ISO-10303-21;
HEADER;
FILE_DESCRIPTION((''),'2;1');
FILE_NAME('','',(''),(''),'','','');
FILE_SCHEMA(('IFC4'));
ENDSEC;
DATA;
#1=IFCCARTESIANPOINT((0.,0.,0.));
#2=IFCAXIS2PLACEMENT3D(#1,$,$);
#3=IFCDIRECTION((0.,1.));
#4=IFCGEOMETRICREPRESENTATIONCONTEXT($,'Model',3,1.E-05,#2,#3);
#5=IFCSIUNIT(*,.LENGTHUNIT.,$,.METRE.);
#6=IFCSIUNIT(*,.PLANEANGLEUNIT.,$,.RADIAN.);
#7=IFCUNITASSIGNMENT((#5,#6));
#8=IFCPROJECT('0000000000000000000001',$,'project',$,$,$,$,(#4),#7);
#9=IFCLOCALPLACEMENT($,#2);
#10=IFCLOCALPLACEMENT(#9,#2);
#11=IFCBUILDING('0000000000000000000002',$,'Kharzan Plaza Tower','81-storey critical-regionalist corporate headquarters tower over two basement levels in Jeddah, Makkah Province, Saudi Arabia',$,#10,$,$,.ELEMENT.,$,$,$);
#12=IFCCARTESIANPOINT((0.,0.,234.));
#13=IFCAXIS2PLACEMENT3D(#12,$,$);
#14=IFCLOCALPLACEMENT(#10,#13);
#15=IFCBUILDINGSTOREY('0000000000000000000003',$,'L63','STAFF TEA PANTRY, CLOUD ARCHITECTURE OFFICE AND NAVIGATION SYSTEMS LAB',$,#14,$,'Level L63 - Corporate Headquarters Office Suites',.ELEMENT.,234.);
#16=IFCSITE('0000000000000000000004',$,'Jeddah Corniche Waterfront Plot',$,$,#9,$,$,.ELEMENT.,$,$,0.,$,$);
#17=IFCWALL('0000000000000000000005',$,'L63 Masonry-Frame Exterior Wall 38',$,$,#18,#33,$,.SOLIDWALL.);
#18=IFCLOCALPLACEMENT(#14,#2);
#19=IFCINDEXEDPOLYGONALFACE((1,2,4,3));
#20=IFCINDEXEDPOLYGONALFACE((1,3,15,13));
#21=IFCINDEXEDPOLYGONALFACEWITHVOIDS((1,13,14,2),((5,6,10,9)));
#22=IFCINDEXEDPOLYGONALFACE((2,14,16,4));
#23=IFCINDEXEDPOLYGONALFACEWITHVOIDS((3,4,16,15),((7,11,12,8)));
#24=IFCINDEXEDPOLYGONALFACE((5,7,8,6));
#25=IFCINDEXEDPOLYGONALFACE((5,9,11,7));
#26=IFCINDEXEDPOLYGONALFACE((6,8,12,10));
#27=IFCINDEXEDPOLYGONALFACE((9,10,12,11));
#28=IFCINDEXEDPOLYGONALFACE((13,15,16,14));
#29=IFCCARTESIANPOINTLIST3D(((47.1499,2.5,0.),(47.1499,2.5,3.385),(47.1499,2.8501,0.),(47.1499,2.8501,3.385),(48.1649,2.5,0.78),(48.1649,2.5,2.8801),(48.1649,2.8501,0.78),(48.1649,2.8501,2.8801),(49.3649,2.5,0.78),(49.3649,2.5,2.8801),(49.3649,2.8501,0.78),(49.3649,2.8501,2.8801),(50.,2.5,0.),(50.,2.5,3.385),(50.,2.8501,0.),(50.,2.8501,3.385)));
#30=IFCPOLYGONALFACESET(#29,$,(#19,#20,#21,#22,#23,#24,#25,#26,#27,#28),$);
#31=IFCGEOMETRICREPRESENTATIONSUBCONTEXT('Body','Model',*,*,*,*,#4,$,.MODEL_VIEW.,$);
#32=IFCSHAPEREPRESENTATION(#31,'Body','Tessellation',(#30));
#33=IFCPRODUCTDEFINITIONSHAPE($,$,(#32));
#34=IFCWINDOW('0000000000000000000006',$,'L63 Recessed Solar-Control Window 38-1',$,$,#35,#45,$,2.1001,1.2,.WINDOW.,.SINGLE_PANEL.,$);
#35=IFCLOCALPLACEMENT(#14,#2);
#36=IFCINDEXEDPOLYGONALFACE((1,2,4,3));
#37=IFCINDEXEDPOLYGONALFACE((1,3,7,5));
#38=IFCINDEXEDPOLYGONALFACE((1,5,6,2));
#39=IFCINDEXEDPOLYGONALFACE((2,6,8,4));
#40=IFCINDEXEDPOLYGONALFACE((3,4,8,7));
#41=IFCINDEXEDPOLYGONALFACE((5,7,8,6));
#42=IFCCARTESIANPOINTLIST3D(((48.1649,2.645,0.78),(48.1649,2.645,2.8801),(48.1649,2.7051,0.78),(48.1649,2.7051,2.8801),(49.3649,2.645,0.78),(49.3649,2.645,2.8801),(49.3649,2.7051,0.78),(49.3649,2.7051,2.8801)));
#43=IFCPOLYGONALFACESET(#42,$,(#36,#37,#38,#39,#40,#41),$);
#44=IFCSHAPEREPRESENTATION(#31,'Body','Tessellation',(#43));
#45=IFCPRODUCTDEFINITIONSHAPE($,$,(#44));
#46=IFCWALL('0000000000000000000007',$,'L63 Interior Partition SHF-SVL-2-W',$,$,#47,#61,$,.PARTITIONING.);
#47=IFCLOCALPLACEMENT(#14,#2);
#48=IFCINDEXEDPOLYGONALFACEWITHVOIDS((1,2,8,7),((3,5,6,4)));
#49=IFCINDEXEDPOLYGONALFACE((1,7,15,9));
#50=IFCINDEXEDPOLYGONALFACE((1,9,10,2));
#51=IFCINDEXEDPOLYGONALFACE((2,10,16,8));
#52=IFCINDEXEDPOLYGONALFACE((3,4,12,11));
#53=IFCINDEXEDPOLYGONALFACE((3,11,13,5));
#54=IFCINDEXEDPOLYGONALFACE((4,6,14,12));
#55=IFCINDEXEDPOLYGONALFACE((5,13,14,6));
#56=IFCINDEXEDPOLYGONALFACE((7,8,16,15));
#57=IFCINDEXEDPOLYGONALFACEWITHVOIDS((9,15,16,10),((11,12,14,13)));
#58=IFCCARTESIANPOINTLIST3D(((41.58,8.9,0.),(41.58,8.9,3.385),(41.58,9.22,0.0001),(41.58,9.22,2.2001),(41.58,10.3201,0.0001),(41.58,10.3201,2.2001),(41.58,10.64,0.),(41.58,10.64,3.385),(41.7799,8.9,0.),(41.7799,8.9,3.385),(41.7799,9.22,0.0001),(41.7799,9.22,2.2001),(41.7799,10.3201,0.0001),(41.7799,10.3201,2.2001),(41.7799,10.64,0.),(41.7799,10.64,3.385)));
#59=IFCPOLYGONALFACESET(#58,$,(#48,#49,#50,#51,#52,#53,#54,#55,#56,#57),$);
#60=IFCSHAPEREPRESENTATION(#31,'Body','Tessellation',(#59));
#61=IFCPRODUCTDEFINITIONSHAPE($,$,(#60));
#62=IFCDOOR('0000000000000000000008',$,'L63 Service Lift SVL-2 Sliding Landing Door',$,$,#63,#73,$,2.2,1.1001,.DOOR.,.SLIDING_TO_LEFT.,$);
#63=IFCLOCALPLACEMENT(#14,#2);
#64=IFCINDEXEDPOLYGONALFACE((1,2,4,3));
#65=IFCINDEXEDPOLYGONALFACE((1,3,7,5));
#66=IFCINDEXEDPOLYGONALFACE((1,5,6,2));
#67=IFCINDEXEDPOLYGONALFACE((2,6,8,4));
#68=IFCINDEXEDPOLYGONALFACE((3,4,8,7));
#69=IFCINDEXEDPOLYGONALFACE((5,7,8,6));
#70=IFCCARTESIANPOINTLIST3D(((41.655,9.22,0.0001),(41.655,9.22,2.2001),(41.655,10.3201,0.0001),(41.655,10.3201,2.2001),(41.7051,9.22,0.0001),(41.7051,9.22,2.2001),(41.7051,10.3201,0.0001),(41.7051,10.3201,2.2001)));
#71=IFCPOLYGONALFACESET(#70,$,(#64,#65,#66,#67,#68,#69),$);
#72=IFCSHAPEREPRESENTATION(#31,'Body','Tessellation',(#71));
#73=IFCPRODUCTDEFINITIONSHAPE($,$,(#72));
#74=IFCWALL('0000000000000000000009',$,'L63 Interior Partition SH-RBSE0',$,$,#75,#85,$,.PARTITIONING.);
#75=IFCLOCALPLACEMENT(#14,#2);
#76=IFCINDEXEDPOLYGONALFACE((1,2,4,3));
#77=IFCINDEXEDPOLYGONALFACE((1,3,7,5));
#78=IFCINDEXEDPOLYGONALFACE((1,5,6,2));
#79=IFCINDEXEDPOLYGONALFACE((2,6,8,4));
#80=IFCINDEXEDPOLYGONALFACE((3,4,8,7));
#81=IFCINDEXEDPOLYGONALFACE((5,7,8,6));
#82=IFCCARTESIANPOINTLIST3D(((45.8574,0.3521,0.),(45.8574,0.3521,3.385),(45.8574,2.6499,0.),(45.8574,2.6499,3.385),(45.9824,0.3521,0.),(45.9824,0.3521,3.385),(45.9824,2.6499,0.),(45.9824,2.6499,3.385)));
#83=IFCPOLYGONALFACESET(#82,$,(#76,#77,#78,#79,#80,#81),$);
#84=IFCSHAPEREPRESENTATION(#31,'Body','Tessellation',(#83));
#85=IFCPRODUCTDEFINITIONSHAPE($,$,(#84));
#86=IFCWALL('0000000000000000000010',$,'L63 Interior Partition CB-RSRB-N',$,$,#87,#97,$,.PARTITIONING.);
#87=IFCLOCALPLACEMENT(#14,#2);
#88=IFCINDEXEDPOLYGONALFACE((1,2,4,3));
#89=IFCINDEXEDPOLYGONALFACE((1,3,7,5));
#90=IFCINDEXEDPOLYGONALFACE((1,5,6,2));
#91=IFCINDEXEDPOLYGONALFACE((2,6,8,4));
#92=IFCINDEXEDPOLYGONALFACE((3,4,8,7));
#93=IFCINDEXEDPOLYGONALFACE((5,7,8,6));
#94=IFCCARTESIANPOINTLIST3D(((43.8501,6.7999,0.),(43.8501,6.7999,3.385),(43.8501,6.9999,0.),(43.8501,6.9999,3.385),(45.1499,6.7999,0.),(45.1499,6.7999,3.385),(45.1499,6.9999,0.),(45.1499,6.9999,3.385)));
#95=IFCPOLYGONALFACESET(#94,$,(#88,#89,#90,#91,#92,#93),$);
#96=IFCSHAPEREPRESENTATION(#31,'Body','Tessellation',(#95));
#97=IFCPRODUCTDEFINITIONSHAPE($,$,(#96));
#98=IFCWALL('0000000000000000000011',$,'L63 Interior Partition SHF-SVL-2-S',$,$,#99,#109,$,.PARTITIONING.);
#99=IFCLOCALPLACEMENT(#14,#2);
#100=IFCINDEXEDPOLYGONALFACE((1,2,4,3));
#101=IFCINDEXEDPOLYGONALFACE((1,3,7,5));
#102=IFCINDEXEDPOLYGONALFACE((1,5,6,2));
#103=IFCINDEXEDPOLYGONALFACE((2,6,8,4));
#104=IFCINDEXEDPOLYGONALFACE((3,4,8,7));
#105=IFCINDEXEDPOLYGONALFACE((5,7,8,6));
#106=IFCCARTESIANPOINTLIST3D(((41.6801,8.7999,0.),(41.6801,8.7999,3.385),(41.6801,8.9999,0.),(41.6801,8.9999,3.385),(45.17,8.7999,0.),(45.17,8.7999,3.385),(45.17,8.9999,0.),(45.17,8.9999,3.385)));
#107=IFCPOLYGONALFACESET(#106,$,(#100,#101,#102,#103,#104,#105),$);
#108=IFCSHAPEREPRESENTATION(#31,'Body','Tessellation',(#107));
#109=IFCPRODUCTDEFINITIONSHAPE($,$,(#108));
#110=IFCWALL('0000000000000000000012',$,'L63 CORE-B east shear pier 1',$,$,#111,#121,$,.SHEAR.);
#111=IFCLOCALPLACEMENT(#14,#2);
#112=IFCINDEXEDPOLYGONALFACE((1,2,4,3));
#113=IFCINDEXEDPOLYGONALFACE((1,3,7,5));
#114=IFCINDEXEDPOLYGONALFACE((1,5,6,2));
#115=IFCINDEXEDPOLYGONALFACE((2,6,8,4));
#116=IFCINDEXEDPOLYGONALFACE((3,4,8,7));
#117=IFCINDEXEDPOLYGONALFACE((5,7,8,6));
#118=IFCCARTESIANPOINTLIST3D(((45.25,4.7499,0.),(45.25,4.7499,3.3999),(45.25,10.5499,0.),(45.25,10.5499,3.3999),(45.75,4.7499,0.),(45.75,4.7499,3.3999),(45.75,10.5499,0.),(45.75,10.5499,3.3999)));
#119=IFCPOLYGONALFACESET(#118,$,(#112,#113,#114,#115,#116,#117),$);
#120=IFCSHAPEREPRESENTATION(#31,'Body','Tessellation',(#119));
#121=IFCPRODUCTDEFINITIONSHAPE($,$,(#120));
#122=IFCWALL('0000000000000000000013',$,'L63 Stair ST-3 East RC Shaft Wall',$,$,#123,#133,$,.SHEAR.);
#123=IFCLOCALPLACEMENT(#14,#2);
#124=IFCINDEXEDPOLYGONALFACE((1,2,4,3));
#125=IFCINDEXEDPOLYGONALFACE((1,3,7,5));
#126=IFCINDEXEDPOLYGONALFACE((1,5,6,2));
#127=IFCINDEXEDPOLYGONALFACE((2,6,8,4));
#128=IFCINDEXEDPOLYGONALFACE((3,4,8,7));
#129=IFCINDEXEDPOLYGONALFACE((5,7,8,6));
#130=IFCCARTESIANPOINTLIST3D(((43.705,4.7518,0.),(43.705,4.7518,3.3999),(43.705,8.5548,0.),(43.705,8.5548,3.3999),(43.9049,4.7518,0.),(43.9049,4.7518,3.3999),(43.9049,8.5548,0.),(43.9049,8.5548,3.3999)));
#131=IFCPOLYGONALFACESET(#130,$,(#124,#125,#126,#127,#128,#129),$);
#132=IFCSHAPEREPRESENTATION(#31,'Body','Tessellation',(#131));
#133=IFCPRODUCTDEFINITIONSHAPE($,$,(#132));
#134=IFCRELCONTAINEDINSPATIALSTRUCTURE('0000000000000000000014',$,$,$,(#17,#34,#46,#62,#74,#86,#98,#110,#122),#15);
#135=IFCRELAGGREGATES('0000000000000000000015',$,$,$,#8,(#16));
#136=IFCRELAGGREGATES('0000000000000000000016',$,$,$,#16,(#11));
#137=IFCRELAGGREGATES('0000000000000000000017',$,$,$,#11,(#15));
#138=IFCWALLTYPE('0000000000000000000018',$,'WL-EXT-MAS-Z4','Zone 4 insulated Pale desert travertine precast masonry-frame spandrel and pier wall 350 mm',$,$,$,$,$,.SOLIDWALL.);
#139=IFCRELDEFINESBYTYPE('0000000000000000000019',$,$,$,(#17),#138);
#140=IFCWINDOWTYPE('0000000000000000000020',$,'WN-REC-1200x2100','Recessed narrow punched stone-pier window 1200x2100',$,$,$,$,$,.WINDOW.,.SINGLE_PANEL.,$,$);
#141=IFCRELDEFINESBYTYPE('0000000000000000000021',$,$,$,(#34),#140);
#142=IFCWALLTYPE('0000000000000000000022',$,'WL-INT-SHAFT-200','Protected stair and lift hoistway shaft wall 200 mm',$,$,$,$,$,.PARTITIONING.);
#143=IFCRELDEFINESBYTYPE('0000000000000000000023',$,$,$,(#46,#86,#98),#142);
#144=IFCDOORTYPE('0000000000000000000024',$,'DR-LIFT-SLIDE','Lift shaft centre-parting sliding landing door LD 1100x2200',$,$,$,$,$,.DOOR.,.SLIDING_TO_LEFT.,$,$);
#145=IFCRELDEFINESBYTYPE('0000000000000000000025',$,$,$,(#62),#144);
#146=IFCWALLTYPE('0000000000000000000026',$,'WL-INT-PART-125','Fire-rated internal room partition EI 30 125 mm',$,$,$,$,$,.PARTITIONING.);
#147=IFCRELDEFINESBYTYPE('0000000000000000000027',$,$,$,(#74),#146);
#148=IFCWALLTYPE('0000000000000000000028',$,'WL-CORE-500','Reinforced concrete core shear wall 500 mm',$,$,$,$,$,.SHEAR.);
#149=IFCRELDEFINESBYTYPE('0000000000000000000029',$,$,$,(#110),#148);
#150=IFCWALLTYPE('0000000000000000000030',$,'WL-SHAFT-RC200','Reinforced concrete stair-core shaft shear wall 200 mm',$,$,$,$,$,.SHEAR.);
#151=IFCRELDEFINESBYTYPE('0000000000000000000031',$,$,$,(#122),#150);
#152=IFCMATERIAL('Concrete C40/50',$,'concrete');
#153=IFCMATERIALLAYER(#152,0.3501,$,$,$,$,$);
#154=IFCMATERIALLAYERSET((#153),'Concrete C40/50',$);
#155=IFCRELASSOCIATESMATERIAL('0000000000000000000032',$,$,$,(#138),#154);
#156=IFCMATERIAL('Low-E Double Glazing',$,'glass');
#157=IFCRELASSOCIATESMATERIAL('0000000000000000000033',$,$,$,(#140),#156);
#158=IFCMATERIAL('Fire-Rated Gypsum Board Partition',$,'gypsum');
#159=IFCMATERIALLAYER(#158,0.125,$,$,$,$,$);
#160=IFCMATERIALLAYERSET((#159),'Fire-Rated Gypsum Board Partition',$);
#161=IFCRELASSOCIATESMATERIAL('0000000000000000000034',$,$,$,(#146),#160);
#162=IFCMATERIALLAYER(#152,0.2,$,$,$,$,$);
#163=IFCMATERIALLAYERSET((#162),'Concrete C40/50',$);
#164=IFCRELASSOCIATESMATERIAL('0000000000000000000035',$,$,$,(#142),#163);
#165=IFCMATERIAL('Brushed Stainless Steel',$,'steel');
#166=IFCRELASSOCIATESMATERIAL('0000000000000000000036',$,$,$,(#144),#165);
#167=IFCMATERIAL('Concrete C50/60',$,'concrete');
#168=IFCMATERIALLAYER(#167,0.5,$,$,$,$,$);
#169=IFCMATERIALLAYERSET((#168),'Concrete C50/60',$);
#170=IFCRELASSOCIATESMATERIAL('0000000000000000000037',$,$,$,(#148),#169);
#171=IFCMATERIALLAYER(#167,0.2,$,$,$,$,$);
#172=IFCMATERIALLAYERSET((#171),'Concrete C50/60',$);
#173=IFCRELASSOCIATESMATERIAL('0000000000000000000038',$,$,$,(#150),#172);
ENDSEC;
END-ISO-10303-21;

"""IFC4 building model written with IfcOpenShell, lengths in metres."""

from ifc_helpers import new_model, si_unit, direction, frame, frame_2d, origin, place, context, subcontext, project, spatial, rectangle, extrude, source, transform, mapped, material, layer, layer_set, type_object, element, fill, save


model = new_model("IFC4")

# Units and contexts
model_context = context("Model", 3, precision=1e-05, world=origin(), true_north=direction((0.0, 1.0)))
body_context = subcontext(model_context, "Body", "Model", "MODEL_VIEW")
ifc_project = project(units=[si_unit("LENGTHUNIT", "METRE"), si_unit("PLANEANGLEUNIT", "RADIAN")], contexts=[model_context])

# Site, building, storey
site_placement = place(None, origin())
site = spatial("IfcSite", under=ifc_project, at=site_placement, Name="Jeddah Corniche Waterfront Plot", CompositionType="ELEMENT", RefElevation=0.0)
building_placement = place(site_placement, origin())
building = spatial("IfcBuilding", under=site, at=building_placement, Name="Kharzan Plaza Tower", Description="81-storey critical-regionalist corporate headquarters tower over two basement levels in Jeddah, Makkah Province, Saudi Arabia", CompositionType="ELEMENT")
storey_placement = place(building_placement, frame((0.0, 0.0, 234.0)))
storey = spatial("IfcBuildingStorey", under=building, at=storey_placement, Name="L63", Description="STAFF TEA PANTRY, CLOUD ARCHITECTURE OFFICE AND NAVIGATION SYSTEMS LAB", LongName="Level L63 - Corporate Headquarters Office Suites", CompositionType="ELEMENT", Elevation=234.0)

# Shared definitions
ifc_material_1 = material(Name="Concrete C50/60", Category="concrete")

# Shared definitions
ifc_material_2 = material(Name="Concrete C40/50", Category="concrete")
ifc_layer_1 = layer(ifc_material_2, 0.3501)
ifc_layer_set_1 = layer_set([ifc_layer_1], Name="Concrete C40/50")
wall_type_1 = type_object("IfcWallType", Name="WL-EXT-MAS-Z4", Description="Zone 4 insulated Pale desert travertine precast masonry-frame spandrel and pier wall 350 mm", PredefinedType="SOLIDWALL", material=ifc_layer_set_1)
ifc_material_3 = material(Name="Low-E Double Glazing", Category="glass")

# Wall, opening, window
window_type_1 = type_object("IfcWindowType", Name="WN-REC-1200x2100", Description="Recessed narrow punched stone-pier window 1200x2100", PartitioningType="SINGLE_PANEL", PredefinedType="WINDOW", material=ifc_material_3)
shared_shape_1 = source(origin(), body_context, "Body", "SweptSolid", [
    extrude(rectangle(XDim=1.2, YDim=2.1001, at=frame_2d((0.6001, 1.05))), frame((0.0, 0.03, 0.0), z_axis=(0.0, -1.0, 0.0), x_axis=(1.0, 0.0, 0.0)), (0.0, 0.0, 1.0), 0.0601),
])
wall_1_placement = place(storey_placement, frame((47.1499, 2.675, 0.0), z_axis=(0.0, 0.0, 1.0), x_axis=(1.0, 0.0, 0.0)))
wall_1 = element("IfcWall", 1, at=wall_1_placement, inside=storey, type_object=wall_type_1, Name="L63 Masonry-Frame Exterior Wall 38", PredefinedType="SOLIDWALL", context=body_context, shape_type="SweptSolid", body=[
    extrude(rectangle(XDim=2.8501, YDim=0.3501, at=frame_2d((1.425, 0.0))), origin(), (0.0, 0.0, 1.0), 3.385),
])
opening_1_placement = place(wall_1_placement, frame((1.0149, 0.0, 0.78)))
opening_1 = element("IfcOpeningElement", 2, at=opening_1_placement, cuts=wall_1, PredefinedType="OPENING", context=body_context, shape_type="SweptSolid", body=[
    extrude(rectangle(XDim=1.2, YDim=2.1001, at=frame_2d((0.6001, 1.05))), frame((0.0, 0.1851, 0.0), z_axis=(0.0, -1.0, 0.0), x_axis=(1.0, 0.0, 0.0)), (0.0, 0.0, 1.0), 0.3701),
])
window_1_placement = place(opening_1_placement, origin())
window_1 = element("IfcWindow", 3, at=window_1_placement, inside=storey, type_object=window_type_1, Name="L63 Recessed Solar-Control Window 38-1", OverallHeight=2.1001, OverallWidth=1.2, PartitioningType="SINGLE_PANEL", PredefinedType="WINDOW", context=body_context, shape_type="MappedRepresentation", body=[
    mapped(shared_shape_1, transform((0.0, 0.0, 0.0), x_axis=(1.0, 0.0, 0.0), y_axis=(0.0, 1.0, 0.0), z_axis=(0.0, 0.0, 1.0))),
])
fill(opening_1, window_1)

# Wall, opening, door
ifc_material_4 = material(Name="Fire-Rated Gypsum Board Partition", Category="gypsum")
ifc_layer_2 = layer(ifc_material_4, 0.125)
ifc_layer_set_2 = layer_set([ifc_layer_2], Name="Fire-Rated Gypsum Board Partition")
wall_type_2 = type_object("IfcWallType", Name="WL-INT-PART-125", Description="Fire-rated internal room partition EI 30 125 mm", PredefinedType="PARTITIONING", material=ifc_layer_set_2)
ifc_layer_3 = layer(ifc_material_2, 0.2)
ifc_layer_set_3 = layer_set([ifc_layer_3], Name="Concrete C40/50")
wall_type_3 = type_object("IfcWallType", Name="WL-INT-SHAFT-200", Description="Protected stair and lift hoistway shaft wall 200 mm", PredefinedType="PARTITIONING", material=ifc_layer_set_3)
wall_2_placement = place(storey_placement, frame((41.6799, 8.8999, 0.0), z_axis=(0.0, 0.0, 1.0), x_axis=(0.0, 1.0, 0.0)))
wall_2 = element("IfcWall", 4, at=wall_2_placement, inside=storey, type_object=wall_type_3, Name="L63 Interior Partition SHF-SVL-2-W", PredefinedType="PARTITIONING", context=body_context, shape_type="SweptSolid", body=[
    extrude(rectangle(XDim=1.74, YDim=0.2, at=frame_2d((0.8701, 0.0))), origin(), (0.0, 0.0, 1.0), 3.385),
])
opening_2_placement = place(wall_2_placement, frame((0.3201, 0.0, 0.0)))
opening_2 = element("IfcOpeningElement", 5, at=opening_2_placement, cuts=wall_2, PredefinedType="OPENING", context=body_context, shape_type="SweptSolid", body=[
    extrude(rectangle(XDim=1.1001, YDim=2.2, at=frame_2d((0.55, 1.1001))), frame((0.0, 0.1099, 0.0), z_axis=(0.0, -1.0, 0.0), x_axis=(1.0, 0.0, 0.0)), (0.0, 0.0, 1.0), 0.22),
])
ifc_material_5 = material(Name="Brushed Stainless Steel", Category="steel")
door_type_1 = type_object("IfcDoorType", Name="DR-LIFT-SLIDE", Description="Lift shaft centre-parting sliding landing door LD 1100x2200", OperationType="SLIDING_TO_LEFT", PredefinedType="DOOR", material=ifc_material_5)
shared_shape_2 = source(origin(), body_context, "Body", "SweptSolid", [
    extrude(rectangle(XDim=1.1001, YDim=2.2, at=frame_2d((0.55, 1.1001))), frame((0.0, 0.0249, 0.0), z_axis=(0.0, -1.0, 0.0), x_axis=(1.0, 0.0, 0.0)), (0.0, 0.0, 1.0), 0.05),
])
door_1_placement = place(opening_2_placement, origin())
door_1 = element("IfcDoor", 6, at=door_1_placement, inside=storey, type_object=door_type_1, Name="L63 Service Lift SVL-2 Sliding Landing Door", OperationType="SLIDING_TO_LEFT", OverallHeight=2.2, OverallWidth=1.1001, PredefinedType="DOOR", context=body_context, shape_type="MappedRepresentation", body=[
    mapped(shared_shape_2, transform((0.0, 0.0, 0.0), x_axis=(1.0, 0.0, 0.0), y_axis=(0.0, 1.0, 0.0), z_axis=(0.0, 0.0, 1.0))),
])
fill(opening_2, door_1)

# Walls
shared_shape_3 = source(origin(), body_context, "Body", "SweptSolid", [
    extrude(rectangle(XDim=2.2979, YDim=0.125, at=frame_2d((1.1489, 0.0))), origin(), (0.0, 0.0, 1.0), 3.385),
])
wall_3_placement = place(storey_placement, frame((45.9199, 0.3521, 0.0), z_axis=(0.0, 0.0, 1.0), x_axis=(0.0, 1.0, 0.0)))
element("IfcWall", 7, at=wall_3_placement, inside=storey, type_object=wall_type_2, Name="L63 Interior Partition SH-RBSE0", PredefinedType="PARTITIONING", context=body_context, shape_type="MappedRepresentation", body=[
    mapped(shared_shape_3, transform((0.0, 0.0, 0.0), x_axis=(1.0, 0.0, 0.0), y_axis=(0.0, 1.0, 0.0), z_axis=(0.0, 0.0, 1.0))),
])
shared_shape_4 = source(origin(), body_context, "Body", "SweptSolid", [
    extrude(rectangle(XDim=1.2998, YDim=0.2, at=frame_2d((0.6499, 0.0))), origin(), (0.0, 0.0, 1.0), 3.385),
])
wall_4_placement = place(storey_placement, frame((43.8501, 6.8999, 0.0), z_axis=(0.0, 0.0, 1.0), x_axis=(1.0, 0.0, 0.0)))
element("IfcWall", 8, at=wall_4_placement, inside=storey, type_object=wall_type_3, Name="L63 Interior Partition CB-RSRB-N", PredefinedType="PARTITIONING", context=body_context, shape_type="MappedRepresentation", body=[
    mapped(shared_shape_4, transform((0.0, 0.0, 0.0), x_axis=(1.0, 0.0, 0.0), y_axis=(0.0, 1.0, 0.0), z_axis=(0.0, 0.0, 1.0))),
])
shared_shape_5 = source(origin(), body_context, "Body", "SweptSolid", [
    extrude(rectangle(XDim=3.49, YDim=0.2, at=frame_2d((1.7451, 0.0))), origin(), (0.0, 0.0, 1.0), 3.385),
])
wall_5_placement = place(storey_placement, frame((41.6799, 8.8999, 0.0), z_axis=(0.0, 0.0, 1.0), x_axis=(1.0, 0.0, 0.0)))
element("IfcWall", 9, at=wall_5_placement, inside=storey, type_object=wall_type_3, Name="L63 Interior Partition SHF-SVL-2-S", PredefinedType="PARTITIONING", context=body_context, shape_type="MappedRepresentation", body=[
    mapped(shared_shape_5, transform((0.0, 0.0, 0.0), x_axis=(1.0, 0.0, 0.0), y_axis=(0.0, 1.0, 0.0), z_axis=(0.0, 0.0, 1.0))),
])
ifc_layer_4 = layer(ifc_material_1, 0.5)
ifc_layer_set_4 = layer_set([ifc_layer_4], Name="Concrete C50/60")
wall_type_4 = type_object("IfcWallType", Name="WL-CORE-500", Description="Reinforced concrete core shear wall 500 mm", PredefinedType="SHEAR", material=ifc_layer_set_4)
shared_shape_6 = source(origin(), body_context, "Body", "SweptSolid", [
    extrude(rectangle(XDim=5.8, YDim=0.5, at=frame_2d((2.8999, 0.0))), origin(), (0.0, 0.0, 1.0), 3.3999),
])
wall_6_placement = place(storey_placement, frame((45.5, 4.75, 0.0), z_axis=(0.0, 0.0, 1.0), x_axis=(0.0, 1.0, 0.0)))
element("IfcWall", 10, at=wall_6_placement, inside=storey, type_object=wall_type_4, Name="L63 CORE-B east shear pier 1", PredefinedType="SHEAR", context=body_context, shape_type="MappedRepresentation", body=[
    mapped(shared_shape_6, transform((0.0, 0.0, 0.0), x_axis=(1.0, 0.0, 0.0), y_axis=(0.0, 1.0, 0.0), z_axis=(0.0, 0.0, 1.0))),
])
ifc_layer_5 = layer(ifc_material_1, 0.2)
ifc_layer_set_5 = layer_set([ifc_layer_5], Name="Concrete C50/60")
wall_type_5 = type_object("IfcWallType", Name="WL-SHAFT-RC200", Description="Reinforced concrete stair-core shaft shear wall 200 mm", PredefinedType="SHEAR", material=ifc_layer_set_5)
shared_shape_7 = source(origin(), body_context, "Body", "SweptSolid", [
    extrude(rectangle(XDim=3.803, YDim=0.2, at=frame_2d((1.9014, 0.0))), origin(), (0.0, 0.0, 1.0), 3.3999),
])
wall_7_placement = place(storey_placement, frame((43.8049, 4.752, 0.0), z_axis=(0.0, 0.0, 1.0), x_axis=(0.0, 1.0, 0.0)))
element("IfcWall", 11, at=wall_7_placement, inside=storey, type_object=wall_type_5, Name="L63 Stair ST-3 East RC Shaft Wall", PredefinedType="SHEAR", context=body_context, shape_type="MappedRepresentation", body=[
    mapped(shared_shape_7, transform((0.0, 0.0, 0.0), x_axis=(1.0, 0.0, 0.0), y_axis=(0.0, 1.0, 0.0), z_axis=(0.0, 0.0, 1.0))),
])

save(model, "model.ifc")
